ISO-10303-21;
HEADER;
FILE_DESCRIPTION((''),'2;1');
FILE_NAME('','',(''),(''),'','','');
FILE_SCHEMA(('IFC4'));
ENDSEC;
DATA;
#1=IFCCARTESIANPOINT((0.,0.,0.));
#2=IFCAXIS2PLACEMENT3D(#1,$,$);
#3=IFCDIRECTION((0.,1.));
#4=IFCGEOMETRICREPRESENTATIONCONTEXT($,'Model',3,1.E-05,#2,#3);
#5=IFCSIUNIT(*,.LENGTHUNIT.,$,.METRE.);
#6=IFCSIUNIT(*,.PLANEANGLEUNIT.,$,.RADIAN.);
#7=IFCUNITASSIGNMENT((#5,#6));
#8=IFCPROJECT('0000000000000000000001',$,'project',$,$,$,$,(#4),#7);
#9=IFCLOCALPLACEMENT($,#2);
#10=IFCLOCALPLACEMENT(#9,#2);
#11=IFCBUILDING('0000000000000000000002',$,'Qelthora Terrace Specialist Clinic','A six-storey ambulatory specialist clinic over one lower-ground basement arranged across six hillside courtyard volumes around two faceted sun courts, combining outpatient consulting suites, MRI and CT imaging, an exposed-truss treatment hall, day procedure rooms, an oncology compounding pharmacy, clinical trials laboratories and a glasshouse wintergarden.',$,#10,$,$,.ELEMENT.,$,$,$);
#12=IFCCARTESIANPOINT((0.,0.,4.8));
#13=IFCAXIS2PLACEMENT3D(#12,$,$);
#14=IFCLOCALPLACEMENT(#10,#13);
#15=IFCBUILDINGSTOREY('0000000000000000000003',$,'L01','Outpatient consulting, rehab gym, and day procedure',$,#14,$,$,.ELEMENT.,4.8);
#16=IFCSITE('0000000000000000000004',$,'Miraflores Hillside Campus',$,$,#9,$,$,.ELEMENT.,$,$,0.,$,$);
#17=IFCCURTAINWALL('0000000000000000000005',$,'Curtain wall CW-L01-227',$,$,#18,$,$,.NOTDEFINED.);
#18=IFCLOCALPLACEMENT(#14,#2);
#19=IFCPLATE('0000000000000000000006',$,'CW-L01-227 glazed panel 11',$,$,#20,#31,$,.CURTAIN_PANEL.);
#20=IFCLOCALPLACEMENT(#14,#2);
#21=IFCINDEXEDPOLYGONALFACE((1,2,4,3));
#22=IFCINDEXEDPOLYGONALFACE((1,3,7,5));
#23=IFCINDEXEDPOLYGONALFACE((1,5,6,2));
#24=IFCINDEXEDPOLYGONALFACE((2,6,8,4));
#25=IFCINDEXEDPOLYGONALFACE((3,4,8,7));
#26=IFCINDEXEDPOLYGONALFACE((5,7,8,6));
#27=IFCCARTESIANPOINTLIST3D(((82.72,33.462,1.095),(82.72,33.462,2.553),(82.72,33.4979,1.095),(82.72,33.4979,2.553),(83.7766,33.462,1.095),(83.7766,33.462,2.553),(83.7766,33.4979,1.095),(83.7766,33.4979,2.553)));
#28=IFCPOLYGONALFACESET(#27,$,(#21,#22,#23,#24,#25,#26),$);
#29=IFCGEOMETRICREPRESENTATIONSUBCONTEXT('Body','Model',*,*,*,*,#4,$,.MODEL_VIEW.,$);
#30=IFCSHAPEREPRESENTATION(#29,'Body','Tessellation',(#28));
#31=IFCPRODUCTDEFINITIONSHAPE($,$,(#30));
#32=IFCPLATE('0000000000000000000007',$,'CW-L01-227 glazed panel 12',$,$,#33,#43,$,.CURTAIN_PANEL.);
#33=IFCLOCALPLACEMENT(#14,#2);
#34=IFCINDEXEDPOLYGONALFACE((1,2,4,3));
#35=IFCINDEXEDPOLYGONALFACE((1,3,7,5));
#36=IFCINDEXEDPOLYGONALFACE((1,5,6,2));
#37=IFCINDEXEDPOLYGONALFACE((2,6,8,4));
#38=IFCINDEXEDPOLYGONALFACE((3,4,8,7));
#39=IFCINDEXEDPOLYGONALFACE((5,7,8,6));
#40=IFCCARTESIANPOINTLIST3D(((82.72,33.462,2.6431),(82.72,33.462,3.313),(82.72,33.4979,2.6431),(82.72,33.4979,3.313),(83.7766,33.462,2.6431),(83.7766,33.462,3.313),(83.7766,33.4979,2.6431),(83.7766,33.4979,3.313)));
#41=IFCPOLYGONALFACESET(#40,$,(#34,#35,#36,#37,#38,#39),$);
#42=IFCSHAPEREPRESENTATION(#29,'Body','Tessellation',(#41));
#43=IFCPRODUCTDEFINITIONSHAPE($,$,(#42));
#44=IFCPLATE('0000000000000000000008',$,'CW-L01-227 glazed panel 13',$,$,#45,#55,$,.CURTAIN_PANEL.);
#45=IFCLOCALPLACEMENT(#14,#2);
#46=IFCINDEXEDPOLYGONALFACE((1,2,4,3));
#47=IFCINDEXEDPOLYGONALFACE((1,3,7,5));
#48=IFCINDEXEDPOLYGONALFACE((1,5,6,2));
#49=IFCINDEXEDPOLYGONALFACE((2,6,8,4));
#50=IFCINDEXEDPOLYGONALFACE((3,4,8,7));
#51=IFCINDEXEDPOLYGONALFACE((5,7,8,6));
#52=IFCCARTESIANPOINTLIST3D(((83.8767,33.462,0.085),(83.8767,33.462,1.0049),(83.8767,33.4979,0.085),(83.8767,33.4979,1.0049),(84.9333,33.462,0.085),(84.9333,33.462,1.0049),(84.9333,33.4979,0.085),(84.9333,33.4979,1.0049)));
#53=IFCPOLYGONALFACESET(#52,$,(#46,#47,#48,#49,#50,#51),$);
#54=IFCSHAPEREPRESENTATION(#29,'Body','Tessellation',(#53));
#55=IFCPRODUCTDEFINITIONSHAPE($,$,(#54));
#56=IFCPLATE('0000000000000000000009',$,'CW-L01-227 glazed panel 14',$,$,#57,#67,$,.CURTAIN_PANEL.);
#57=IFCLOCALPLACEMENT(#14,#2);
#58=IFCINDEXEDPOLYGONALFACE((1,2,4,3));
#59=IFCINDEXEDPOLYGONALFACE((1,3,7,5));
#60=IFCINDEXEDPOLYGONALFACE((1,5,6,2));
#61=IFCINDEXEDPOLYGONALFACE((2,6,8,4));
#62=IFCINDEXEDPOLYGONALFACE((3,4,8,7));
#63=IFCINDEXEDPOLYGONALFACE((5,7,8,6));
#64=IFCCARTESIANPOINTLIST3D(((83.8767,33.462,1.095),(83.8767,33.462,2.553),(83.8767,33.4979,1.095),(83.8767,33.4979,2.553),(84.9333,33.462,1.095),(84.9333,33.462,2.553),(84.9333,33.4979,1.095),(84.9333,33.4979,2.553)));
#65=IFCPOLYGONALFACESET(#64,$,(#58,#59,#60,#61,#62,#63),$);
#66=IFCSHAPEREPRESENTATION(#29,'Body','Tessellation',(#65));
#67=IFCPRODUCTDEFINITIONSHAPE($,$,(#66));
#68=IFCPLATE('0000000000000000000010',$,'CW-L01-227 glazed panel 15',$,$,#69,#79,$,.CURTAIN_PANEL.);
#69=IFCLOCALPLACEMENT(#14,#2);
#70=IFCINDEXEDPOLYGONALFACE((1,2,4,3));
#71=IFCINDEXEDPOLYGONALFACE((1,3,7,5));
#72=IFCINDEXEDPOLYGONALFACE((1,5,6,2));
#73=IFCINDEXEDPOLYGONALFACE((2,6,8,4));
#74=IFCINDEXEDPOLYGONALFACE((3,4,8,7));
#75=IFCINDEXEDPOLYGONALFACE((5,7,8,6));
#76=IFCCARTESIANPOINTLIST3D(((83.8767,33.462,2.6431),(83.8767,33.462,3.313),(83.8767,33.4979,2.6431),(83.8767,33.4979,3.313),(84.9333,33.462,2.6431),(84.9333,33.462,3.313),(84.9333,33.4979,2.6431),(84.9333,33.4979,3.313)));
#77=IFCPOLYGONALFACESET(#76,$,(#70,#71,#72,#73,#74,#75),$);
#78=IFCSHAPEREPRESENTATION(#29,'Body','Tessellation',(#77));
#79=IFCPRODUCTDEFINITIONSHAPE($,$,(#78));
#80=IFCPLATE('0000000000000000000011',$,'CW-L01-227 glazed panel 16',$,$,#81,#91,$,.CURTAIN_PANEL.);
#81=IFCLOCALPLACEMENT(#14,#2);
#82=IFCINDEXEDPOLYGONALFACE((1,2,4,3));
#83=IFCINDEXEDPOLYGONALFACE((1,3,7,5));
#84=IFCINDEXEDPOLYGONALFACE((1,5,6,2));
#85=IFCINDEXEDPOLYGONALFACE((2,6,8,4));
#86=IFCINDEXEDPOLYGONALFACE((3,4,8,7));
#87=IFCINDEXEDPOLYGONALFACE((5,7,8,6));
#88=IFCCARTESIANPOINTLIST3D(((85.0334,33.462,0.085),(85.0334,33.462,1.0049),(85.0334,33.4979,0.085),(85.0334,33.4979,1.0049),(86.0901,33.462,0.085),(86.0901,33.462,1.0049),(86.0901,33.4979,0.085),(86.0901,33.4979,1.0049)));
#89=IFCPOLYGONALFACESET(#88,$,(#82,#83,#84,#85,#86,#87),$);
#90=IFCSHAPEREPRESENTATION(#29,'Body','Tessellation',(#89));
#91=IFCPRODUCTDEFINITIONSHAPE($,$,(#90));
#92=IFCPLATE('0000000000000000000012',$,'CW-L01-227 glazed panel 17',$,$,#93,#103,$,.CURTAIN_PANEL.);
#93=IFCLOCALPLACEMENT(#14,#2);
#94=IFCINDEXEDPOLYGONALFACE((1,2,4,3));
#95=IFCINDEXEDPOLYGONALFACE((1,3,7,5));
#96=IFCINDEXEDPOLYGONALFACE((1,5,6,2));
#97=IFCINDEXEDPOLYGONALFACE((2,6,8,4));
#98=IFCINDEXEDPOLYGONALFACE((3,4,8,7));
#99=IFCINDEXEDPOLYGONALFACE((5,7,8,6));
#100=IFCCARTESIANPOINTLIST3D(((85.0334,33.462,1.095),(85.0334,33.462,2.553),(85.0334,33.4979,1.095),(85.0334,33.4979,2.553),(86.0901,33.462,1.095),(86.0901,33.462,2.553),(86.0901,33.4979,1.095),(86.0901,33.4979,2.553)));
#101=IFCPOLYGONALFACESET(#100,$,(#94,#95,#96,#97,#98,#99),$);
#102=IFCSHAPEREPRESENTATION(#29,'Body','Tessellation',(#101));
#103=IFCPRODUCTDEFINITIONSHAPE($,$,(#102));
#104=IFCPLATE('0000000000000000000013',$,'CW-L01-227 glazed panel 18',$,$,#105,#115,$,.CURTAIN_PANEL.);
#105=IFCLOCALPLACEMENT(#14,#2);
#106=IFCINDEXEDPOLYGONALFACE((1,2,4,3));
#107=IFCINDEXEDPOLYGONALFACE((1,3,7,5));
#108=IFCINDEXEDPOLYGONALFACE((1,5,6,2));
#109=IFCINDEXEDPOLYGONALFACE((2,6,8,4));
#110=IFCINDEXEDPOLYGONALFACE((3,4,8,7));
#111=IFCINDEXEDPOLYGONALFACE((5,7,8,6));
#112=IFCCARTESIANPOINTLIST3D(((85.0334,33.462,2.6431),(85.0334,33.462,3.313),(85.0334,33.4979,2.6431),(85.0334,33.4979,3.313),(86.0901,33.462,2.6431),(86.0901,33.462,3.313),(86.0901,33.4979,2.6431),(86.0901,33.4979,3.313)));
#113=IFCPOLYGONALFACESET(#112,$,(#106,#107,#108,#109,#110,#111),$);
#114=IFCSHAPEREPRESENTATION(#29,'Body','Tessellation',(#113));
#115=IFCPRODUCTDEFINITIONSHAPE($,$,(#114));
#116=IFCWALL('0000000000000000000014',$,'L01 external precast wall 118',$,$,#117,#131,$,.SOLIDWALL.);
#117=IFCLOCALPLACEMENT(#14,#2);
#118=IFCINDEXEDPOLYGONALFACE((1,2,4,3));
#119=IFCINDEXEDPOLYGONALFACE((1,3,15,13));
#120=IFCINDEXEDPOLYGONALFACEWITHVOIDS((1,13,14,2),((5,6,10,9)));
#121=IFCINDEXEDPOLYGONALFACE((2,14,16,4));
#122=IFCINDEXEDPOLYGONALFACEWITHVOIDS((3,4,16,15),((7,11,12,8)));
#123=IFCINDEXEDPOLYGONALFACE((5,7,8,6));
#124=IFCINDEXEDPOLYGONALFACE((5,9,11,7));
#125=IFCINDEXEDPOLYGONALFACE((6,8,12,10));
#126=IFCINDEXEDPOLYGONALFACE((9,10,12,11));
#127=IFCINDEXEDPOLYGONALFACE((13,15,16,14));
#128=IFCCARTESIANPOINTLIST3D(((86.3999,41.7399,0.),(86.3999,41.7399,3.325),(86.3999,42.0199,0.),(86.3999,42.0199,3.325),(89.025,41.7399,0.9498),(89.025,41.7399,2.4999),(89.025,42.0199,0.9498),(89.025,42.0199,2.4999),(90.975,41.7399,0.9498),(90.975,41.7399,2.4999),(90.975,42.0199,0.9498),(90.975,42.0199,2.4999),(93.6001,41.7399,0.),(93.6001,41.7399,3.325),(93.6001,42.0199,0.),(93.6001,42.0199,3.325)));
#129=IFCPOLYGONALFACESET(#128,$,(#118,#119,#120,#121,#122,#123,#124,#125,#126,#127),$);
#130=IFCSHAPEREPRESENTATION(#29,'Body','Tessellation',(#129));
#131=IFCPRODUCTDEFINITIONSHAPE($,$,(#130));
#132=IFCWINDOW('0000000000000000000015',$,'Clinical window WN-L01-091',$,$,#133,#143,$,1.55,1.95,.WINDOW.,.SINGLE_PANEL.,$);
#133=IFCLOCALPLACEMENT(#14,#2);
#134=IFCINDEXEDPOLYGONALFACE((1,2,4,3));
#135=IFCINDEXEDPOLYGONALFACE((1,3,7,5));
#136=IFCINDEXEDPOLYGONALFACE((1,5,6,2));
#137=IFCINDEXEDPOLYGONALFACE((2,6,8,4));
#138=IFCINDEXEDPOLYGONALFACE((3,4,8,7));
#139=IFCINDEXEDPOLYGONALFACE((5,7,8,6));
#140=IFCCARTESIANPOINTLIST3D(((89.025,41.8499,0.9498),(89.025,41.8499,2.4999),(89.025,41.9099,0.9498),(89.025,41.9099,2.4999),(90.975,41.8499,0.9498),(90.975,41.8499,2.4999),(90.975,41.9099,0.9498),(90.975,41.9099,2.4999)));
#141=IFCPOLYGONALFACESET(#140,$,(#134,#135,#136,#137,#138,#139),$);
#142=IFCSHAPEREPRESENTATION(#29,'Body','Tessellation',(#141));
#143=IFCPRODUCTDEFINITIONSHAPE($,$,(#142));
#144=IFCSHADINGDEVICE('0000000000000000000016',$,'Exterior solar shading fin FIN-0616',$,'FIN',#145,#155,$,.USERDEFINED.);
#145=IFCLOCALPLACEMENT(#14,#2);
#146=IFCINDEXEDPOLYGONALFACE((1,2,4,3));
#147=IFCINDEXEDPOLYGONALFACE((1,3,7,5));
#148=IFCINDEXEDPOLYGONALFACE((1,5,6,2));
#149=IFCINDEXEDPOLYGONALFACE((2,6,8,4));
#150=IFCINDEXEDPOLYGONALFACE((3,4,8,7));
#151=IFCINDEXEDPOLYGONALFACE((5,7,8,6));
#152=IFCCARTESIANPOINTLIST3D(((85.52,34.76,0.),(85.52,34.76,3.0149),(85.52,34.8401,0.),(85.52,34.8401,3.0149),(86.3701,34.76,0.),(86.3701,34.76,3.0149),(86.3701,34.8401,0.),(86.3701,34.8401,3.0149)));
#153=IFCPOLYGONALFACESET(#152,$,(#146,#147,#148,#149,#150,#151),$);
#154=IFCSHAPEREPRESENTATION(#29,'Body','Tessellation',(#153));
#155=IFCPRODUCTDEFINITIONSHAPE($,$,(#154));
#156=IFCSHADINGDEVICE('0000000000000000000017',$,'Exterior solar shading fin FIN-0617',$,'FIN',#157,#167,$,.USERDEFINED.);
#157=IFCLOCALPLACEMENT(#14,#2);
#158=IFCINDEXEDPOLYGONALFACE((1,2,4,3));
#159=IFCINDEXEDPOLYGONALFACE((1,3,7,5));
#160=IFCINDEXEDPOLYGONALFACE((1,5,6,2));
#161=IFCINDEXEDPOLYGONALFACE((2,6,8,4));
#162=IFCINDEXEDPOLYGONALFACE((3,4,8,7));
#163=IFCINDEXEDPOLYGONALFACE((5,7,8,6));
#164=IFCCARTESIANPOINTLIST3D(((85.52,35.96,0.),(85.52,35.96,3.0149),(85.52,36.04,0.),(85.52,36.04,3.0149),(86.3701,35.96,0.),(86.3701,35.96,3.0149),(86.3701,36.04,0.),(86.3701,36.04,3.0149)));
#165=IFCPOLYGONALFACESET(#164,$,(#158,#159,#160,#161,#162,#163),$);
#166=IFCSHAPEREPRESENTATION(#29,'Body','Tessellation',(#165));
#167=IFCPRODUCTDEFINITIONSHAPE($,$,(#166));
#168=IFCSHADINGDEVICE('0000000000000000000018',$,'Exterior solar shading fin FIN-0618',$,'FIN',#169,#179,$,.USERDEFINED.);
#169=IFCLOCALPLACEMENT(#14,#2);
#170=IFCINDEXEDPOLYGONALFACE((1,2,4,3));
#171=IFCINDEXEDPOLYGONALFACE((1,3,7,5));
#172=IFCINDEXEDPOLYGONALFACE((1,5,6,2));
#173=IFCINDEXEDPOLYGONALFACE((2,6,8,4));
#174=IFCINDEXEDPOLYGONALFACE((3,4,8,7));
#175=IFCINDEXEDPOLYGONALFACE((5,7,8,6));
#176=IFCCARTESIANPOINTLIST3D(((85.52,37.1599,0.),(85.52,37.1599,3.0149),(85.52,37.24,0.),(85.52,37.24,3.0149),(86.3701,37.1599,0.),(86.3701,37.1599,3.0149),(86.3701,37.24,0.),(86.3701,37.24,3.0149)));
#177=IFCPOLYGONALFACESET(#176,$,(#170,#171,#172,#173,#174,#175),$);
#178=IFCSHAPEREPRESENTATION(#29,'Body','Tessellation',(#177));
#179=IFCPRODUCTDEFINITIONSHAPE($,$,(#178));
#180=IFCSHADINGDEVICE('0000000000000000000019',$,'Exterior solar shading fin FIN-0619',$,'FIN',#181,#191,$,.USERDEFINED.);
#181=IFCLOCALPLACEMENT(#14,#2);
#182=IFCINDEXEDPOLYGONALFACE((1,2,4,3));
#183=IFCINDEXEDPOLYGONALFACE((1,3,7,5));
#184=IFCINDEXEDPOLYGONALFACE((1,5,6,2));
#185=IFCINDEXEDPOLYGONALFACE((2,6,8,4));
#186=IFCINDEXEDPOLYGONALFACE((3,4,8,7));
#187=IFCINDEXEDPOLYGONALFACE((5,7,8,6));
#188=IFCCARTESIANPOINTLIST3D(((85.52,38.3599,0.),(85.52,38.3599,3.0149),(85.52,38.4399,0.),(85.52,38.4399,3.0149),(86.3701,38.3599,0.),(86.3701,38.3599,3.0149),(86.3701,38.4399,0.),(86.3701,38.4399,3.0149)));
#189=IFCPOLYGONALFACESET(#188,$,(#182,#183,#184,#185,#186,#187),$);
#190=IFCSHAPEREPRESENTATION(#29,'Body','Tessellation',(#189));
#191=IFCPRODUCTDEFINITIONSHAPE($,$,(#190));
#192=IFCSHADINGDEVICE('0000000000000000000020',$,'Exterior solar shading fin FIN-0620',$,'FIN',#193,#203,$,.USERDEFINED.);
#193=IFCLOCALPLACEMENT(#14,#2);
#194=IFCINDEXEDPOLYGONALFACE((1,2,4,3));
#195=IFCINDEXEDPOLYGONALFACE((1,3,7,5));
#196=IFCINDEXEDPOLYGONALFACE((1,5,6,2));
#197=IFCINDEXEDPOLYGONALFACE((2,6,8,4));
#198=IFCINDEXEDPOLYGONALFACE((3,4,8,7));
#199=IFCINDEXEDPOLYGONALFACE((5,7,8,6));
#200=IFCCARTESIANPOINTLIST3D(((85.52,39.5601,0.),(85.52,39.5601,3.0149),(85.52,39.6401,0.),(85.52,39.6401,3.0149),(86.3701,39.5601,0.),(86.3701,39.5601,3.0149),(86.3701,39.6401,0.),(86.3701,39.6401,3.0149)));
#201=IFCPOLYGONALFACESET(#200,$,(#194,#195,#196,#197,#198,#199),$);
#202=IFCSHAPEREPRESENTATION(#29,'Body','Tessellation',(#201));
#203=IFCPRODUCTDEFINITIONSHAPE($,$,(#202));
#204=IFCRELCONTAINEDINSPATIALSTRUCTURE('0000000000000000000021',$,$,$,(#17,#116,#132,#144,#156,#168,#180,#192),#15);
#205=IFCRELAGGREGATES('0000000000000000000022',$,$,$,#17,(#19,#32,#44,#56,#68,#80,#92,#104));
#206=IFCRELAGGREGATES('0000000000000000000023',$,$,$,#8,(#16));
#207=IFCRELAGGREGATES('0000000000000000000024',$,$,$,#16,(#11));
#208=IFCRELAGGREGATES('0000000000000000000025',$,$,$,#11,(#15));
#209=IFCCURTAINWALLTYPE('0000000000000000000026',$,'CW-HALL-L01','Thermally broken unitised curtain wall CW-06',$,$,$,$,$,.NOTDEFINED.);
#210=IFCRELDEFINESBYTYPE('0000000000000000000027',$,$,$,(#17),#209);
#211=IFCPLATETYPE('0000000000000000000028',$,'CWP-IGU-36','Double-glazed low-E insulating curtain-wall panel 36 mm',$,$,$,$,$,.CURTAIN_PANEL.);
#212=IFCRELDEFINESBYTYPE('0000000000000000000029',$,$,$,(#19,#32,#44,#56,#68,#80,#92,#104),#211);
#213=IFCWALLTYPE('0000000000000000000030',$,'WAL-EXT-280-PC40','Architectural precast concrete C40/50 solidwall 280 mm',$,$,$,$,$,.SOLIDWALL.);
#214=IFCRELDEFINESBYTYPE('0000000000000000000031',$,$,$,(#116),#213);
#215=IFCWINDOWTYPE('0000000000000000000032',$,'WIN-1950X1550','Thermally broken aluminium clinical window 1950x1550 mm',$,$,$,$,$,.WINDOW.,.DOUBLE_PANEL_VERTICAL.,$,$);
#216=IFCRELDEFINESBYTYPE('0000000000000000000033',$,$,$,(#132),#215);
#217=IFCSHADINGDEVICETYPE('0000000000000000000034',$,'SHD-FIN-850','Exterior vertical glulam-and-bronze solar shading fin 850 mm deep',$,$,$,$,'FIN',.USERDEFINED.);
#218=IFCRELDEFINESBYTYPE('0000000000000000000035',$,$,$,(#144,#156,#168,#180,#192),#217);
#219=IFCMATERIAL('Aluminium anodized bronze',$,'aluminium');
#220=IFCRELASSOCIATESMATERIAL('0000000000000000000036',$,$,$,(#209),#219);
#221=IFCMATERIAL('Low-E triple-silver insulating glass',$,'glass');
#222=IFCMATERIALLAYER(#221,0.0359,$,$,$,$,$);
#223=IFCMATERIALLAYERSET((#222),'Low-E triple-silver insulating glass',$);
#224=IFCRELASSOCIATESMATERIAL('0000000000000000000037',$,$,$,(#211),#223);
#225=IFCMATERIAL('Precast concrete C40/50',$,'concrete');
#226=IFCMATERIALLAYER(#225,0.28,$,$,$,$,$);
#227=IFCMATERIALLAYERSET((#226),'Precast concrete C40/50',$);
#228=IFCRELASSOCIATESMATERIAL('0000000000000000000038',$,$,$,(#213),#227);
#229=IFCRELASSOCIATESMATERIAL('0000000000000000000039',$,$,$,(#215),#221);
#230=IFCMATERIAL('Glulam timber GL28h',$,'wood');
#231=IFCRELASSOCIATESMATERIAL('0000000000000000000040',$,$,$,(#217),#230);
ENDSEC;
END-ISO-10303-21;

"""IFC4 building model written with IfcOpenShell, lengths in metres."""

from ifc_helpers import new_model, si_unit, direction, frame, frame_2d, origin, origin_2d, place, context, subcontext, project, spatial, rectangle, extrude, material, layer, layer_set, type_object, element, fill, aggregate, save


model = new_model("IFC4")

# Units and contexts
model_context = context("Model", 3, precision=1e-05, world=origin(), true_north=direction((0.0, 1.0)))
body_context = subcontext(model_context, "Body", "Model", "MODEL_VIEW")
ifc_project = project(units=[si_unit("LENGTHUNIT", "METRE"), si_unit("PLANEANGLEUNIT", "RADIAN")], contexts=[model_context])

# Site, building, storey
site_placement = place(None, origin())
site = spatial("IfcSite", under=ifc_project, at=site_placement, Name="Miraflores Hillside Campus", CompositionType="ELEMENT", RefElevation=0.0)
building_placement = place(site_placement, origin())
building = spatial("IfcBuilding", under=site, at=building_placement, Name="Qelthora Terrace Specialist Clinic", Description="A six-storey ambulatory specialist clinic over one lower-ground basement arranged across six hillside courtyard volumes around two faceted sun courts, combining outpatient consulting suites, MRI and CT imaging, an exposed-truss treatment hall, day procedure rooms, an oncology compounding pharmacy, clinical trials laboratories and a glasshouse wintergarden.", CompositionType="ELEMENT")
storey_placement = place(building_placement, frame((0.0, 0.0, 4.8)))
storey = spatial("IfcBuildingStorey", under=building, at=storey_placement, Name="L01", Description="Outpatient consulting, rehab gym, and day procedure", CompositionType="ELEMENT", Elevation=4.8)

# Curtain wall, plates
ifc_material_1 = material(Name="Aluminium anodized bronze", Category="aluminium")
curtain_wall_type = type_object("IfcCurtainWallType", Name="CW-HALL-L01", Description="Thermally broken unitised curtain wall CW-06", PredefinedType="NOTDEFINED", material=ifc_material_1)
curtain_wall_placement = place(storey_placement, origin())
curtain_wall = element("IfcCurtainWall", 1, at=curtain_wall_placement, inside=storey, type_object=curtain_wall_type, Name="Curtain wall CW-L01-227", PredefinedType="NOTDEFINED")
ifc_material_2 = material(Name="Low-E triple-silver insulating glass", Category="glass")
ifc_layer_1 = layer(ifc_material_2, 0.0359)
ifc_layer_set_1 = layer_set([ifc_layer_1], Name="Low-E triple-silver insulating glass")
plate_type = type_object("IfcPlateType", Name="CWP-IGU-36", Description="Double-glazed low-E insulating curtain-wall panel 36 mm", PredefinedType="CURTAIN_PANEL", material=ifc_layer_set_1)
plate_1_placement = place(storey_placement, frame((83.2483, 33.48, 1.095), z_axis=(0.0, 0.0, 1.0), x_axis=(1.0, 0.0, 0.0)))
plate_1 = element("IfcPlate", 2, at=plate_1_placement, type_object=plate_type, Name="CW-L01-227 glazed panel 11", PredefinedType="CURTAIN_PANEL", context=body_context, shape_type="SweptSolid", body=[
    extrude(rectangle(XDim=1.0566, YDim=0.0359, at=origin_2d()), origin(), (0.0, 0.0, 1.0), 1.458),
])
plate_2_placement = place(storey_placement, frame((83.2483, 33.48, 2.6431), z_axis=(0.0, 0.0, 1.0), x_axis=(1.0, 0.0, 0.0)))
plate_2 = element("IfcPlate", 3, at=plate_2_placement, type_object=plate_type, Name="CW-L01-227 glazed panel 12", PredefinedType="CURTAIN_PANEL", context=body_context, shape_type="SweptSolid", body=[
    extrude(rectangle(XDim=1.0566, YDim=0.0359, at=origin_2d()), origin(), (0.0, 0.0, 1.0), 0.6699),
])
plate_3_placement = place(storey_placement, frame((84.405, 33.48, 0.085), z_axis=(0.0, 0.0, 1.0), x_axis=(1.0, 0.0, 0.0)))
plate_3 = element("IfcPlate", 4, at=plate_3_placement, type_object=plate_type, Name="CW-L01-227 glazed panel 13", PredefinedType="CURTAIN_PANEL", context=body_context, shape_type="SweptSolid", body=[
    extrude(rectangle(XDim=1.0566, YDim=0.0359, at=origin_2d()), origin(), (0.0, 0.0, 1.0), 0.9199),
])
plate_4_placement = place(storey_placement, frame((84.405, 33.48, 1.095), z_axis=(0.0, 0.0, 1.0), x_axis=(1.0, 0.0, 0.0)))
plate_4 = element("IfcPlate", 5, at=plate_4_placement, type_object=plate_type, Name="CW-L01-227 glazed panel 14", PredefinedType="CURTAIN_PANEL", context=body_context, shape_type="SweptSolid", body=[
    extrude(rectangle(XDim=1.0566, YDim=0.0359, at=origin_2d()), origin(), (0.0, 0.0, 1.0), 1.458),
])
plate_5_placement = place(storey_placement, frame((84.405, 33.48, 2.6431), z_axis=(0.0, 0.0, 1.0), x_axis=(1.0, 0.0, 0.0)))
plate_5 = element("IfcPlate", 6, at=plate_5_placement, type_object=plate_type, Name="CW-L01-227 glazed panel 15", PredefinedType="CURTAIN_PANEL", context=body_context, shape_type="SweptSolid", body=[
    extrude(rectangle(XDim=1.0566, YDim=0.0359, at=origin_2d()), origin(), (0.0, 0.0, 1.0), 0.6699),
])
plate_6_placement = place(storey_placement, frame((85.5618, 33.48, 0.085), z_axis=(0.0, 0.0, 1.0), x_axis=(1.0, 0.0, 0.0)))
plate_6 = element("IfcPlate", 7, at=plate_6_placement, type_object=plate_type, Name="CW-L01-227 glazed panel 16", PredefinedType="CURTAIN_PANEL", context=body_context, shape_type="SweptSolid", body=[
    extrude(rectangle(XDim=1.0566, YDim=0.0359, at=origin_2d()), origin(), (0.0, 0.0, 1.0), 0.9199),
])
plate_7_placement = place(storey_placement, frame((85.5618, 33.48, 1.095), z_axis=(0.0, 0.0, 1.0), x_axis=(1.0, 0.0, 0.0)))
plate_7 = element("IfcPlate", 8, at=plate_7_placement, type_object=plate_type, Name="CW-L01-227 glazed panel 17", PredefinedType="CURTAIN_PANEL", context=body_context, shape_type="SweptSolid", body=[
    extrude(rectangle(XDim=1.0566, YDim=0.0359, at=origin_2d()), origin(), (0.0, 0.0, 1.0), 1.458),
])
plate_8_placement = place(storey_placement, frame((85.5618, 33.48, 2.6431), z_axis=(0.0, 0.0, 1.0), x_axis=(1.0, 0.0, 0.0)))
plate_8 = element("IfcPlate", 9, at=plate_8_placement, type_object=plate_type, Name="CW-L01-227 glazed panel 18", PredefinedType="CURTAIN_PANEL", context=body_context, shape_type="SweptSolid", body=[
    extrude(rectangle(XDim=1.0566, YDim=0.0359, at=origin_2d()), origin(), (0.0, 0.0, 1.0), 0.6699),
])
aggregate(curtain_wall, [plate_1, plate_2, plate_3, plate_4, plate_5, plate_6, plate_7, plate_8])

# Wall, opening, window
ifc_material_3 = material(Name="Precast concrete C40/50", Category="concrete")
ifc_layer_2 = layer(ifc_material_3, 0.28)
ifc_layer_set_2 = layer_set([ifc_layer_2], Name="Precast concrete C40/50")
wall_type = type_object("IfcWallType", Name="WAL-EXT-280-PC40", Description="Architectural precast concrete C40/50 solidwall 280 mm", PredefinedType="SOLIDWALL", material=ifc_layer_set_2)
wall_placement = place(storey_placement, frame((86.3999, 41.8799, 0.0), z_axis=(0.0, 0.0, 1.0), x_axis=(1.0, 0.0, 0.0)))
wall = element("IfcWall", 10, at=wall_placement, inside=storey, type_object=wall_type, Name="L01 external precast wall 118", PredefinedType="SOLIDWALL", context=body_context, shape_type="SweptSolid", body=[
    extrude(rectangle(XDim=7.2002, YDim=0.28, at=frame_2d((3.6001, 0.0))), origin(), (0.0, 0.0, 1.0), 3.325),
])
opening_placement = place(wall_placement, frame((2.625, 0.0, 0.95)))
opening = element("IfcOpeningElement", 11, at=opening_placement, cuts=wall, PredefinedType="OPENING", context=body_context, shape_type="SweptSolid", body=[
    extrude(rectangle(XDim=1.95, YDim=1.55, at=frame_2d((0.9751, 0.7749))), frame((0.0, 0.1499, 0.0), z_axis=(0.0, -1.0, 0.0), x_axis=(1.0, 0.0, 0.0)), (0.0, 0.0, 1.0), 0.3),
])
window_type = type_object("IfcWindowType", Name="WIN-1950X1550", Description="Thermally broken aluminium clinical window 1950x1550 mm", PartitioningType="DOUBLE_PANEL_VERTICAL", PredefinedType="WINDOW", material=ifc_material_2)
window_placement = place(opening_placement, origin())
window = element("IfcWindow", 12, at=window_placement, inside=storey, type_object=window_type, Name="Clinical window WN-L01-091", OverallHeight=1.55, OverallWidth=1.95, PartitioningType="SINGLE_PANEL", PredefinedType="WINDOW", context=body_context, shape_type="SweptSolid", body=[
    extrude(rectangle(XDim=1.95, YDim=1.55, at=frame_2d((0.9751, 0.7749))), frame((0.0, 0.03, 0.0), z_axis=(0.0, -1.0, 0.0), x_axis=(1.0, 0.0, 0.0)), (0.0, 0.0, 1.0), 0.0601),
])
fill(opening, window)

# Shading devices
ifc_material_4 = material(Name="Glulam timber GL28h", Category="wood")
shading_device_type = type_object("IfcShadingDeviceType", Name="SHD-FIN-850", Description="Exterior vertical glulam-and-bronze solar shading fin 850 mm deep", ElementType="FIN", PredefinedType="USERDEFINED", material=ifc_material_4)
for number, where, z_axis, x_axis, name in (
    (13, (85.9451, 34.8, 0.0), (0.0, 0.0, 1.0), (-1.0, 0.0, 0.0), "Exterior solar shading fin FIN-0616"),
    (14, (85.9451, 36.0, 0.0), (0.0, 0.0, 1.0), (-1.0, 0.0, 0.0), "Exterior solar shading fin FIN-0617"),
    (15, (85.9451, 37.2, 0.0), (0.0, 0.0, 1.0), (-1.0, 0.0, 0.0), "Exterior solar shading fin FIN-0618"),
    (16, (85.9451, 38.3999, 0.0), (0.0, 0.0, 1.0), (-1.0, 0.0, 0.0), "Exterior solar shading fin FIN-0619"),
    (17, (85.9451, 39.6001, 0.0), (0.0, 0.0, 1.0), (-1.0, 0.0, 0.0), "Exterior solar shading fin FIN-0620"),
):
    element("IfcShadingDevice", number, at=place(storey_placement, frame(where, z_axis=z_axis, x_axis=x_axis)), inside=storey, type_object=shading_device_type, Name=name, ObjectType="FIN", PredefinedType="USERDEFINED", context=body_context, shape_type="SweptSolid", body=[
        extrude(rectangle(XDim=0.8501, YDim=0.0801, at=origin_2d()), origin(), (0.0, 0.0, 1.0), 3.0149),
    ])

save(model, "model.ifc")
